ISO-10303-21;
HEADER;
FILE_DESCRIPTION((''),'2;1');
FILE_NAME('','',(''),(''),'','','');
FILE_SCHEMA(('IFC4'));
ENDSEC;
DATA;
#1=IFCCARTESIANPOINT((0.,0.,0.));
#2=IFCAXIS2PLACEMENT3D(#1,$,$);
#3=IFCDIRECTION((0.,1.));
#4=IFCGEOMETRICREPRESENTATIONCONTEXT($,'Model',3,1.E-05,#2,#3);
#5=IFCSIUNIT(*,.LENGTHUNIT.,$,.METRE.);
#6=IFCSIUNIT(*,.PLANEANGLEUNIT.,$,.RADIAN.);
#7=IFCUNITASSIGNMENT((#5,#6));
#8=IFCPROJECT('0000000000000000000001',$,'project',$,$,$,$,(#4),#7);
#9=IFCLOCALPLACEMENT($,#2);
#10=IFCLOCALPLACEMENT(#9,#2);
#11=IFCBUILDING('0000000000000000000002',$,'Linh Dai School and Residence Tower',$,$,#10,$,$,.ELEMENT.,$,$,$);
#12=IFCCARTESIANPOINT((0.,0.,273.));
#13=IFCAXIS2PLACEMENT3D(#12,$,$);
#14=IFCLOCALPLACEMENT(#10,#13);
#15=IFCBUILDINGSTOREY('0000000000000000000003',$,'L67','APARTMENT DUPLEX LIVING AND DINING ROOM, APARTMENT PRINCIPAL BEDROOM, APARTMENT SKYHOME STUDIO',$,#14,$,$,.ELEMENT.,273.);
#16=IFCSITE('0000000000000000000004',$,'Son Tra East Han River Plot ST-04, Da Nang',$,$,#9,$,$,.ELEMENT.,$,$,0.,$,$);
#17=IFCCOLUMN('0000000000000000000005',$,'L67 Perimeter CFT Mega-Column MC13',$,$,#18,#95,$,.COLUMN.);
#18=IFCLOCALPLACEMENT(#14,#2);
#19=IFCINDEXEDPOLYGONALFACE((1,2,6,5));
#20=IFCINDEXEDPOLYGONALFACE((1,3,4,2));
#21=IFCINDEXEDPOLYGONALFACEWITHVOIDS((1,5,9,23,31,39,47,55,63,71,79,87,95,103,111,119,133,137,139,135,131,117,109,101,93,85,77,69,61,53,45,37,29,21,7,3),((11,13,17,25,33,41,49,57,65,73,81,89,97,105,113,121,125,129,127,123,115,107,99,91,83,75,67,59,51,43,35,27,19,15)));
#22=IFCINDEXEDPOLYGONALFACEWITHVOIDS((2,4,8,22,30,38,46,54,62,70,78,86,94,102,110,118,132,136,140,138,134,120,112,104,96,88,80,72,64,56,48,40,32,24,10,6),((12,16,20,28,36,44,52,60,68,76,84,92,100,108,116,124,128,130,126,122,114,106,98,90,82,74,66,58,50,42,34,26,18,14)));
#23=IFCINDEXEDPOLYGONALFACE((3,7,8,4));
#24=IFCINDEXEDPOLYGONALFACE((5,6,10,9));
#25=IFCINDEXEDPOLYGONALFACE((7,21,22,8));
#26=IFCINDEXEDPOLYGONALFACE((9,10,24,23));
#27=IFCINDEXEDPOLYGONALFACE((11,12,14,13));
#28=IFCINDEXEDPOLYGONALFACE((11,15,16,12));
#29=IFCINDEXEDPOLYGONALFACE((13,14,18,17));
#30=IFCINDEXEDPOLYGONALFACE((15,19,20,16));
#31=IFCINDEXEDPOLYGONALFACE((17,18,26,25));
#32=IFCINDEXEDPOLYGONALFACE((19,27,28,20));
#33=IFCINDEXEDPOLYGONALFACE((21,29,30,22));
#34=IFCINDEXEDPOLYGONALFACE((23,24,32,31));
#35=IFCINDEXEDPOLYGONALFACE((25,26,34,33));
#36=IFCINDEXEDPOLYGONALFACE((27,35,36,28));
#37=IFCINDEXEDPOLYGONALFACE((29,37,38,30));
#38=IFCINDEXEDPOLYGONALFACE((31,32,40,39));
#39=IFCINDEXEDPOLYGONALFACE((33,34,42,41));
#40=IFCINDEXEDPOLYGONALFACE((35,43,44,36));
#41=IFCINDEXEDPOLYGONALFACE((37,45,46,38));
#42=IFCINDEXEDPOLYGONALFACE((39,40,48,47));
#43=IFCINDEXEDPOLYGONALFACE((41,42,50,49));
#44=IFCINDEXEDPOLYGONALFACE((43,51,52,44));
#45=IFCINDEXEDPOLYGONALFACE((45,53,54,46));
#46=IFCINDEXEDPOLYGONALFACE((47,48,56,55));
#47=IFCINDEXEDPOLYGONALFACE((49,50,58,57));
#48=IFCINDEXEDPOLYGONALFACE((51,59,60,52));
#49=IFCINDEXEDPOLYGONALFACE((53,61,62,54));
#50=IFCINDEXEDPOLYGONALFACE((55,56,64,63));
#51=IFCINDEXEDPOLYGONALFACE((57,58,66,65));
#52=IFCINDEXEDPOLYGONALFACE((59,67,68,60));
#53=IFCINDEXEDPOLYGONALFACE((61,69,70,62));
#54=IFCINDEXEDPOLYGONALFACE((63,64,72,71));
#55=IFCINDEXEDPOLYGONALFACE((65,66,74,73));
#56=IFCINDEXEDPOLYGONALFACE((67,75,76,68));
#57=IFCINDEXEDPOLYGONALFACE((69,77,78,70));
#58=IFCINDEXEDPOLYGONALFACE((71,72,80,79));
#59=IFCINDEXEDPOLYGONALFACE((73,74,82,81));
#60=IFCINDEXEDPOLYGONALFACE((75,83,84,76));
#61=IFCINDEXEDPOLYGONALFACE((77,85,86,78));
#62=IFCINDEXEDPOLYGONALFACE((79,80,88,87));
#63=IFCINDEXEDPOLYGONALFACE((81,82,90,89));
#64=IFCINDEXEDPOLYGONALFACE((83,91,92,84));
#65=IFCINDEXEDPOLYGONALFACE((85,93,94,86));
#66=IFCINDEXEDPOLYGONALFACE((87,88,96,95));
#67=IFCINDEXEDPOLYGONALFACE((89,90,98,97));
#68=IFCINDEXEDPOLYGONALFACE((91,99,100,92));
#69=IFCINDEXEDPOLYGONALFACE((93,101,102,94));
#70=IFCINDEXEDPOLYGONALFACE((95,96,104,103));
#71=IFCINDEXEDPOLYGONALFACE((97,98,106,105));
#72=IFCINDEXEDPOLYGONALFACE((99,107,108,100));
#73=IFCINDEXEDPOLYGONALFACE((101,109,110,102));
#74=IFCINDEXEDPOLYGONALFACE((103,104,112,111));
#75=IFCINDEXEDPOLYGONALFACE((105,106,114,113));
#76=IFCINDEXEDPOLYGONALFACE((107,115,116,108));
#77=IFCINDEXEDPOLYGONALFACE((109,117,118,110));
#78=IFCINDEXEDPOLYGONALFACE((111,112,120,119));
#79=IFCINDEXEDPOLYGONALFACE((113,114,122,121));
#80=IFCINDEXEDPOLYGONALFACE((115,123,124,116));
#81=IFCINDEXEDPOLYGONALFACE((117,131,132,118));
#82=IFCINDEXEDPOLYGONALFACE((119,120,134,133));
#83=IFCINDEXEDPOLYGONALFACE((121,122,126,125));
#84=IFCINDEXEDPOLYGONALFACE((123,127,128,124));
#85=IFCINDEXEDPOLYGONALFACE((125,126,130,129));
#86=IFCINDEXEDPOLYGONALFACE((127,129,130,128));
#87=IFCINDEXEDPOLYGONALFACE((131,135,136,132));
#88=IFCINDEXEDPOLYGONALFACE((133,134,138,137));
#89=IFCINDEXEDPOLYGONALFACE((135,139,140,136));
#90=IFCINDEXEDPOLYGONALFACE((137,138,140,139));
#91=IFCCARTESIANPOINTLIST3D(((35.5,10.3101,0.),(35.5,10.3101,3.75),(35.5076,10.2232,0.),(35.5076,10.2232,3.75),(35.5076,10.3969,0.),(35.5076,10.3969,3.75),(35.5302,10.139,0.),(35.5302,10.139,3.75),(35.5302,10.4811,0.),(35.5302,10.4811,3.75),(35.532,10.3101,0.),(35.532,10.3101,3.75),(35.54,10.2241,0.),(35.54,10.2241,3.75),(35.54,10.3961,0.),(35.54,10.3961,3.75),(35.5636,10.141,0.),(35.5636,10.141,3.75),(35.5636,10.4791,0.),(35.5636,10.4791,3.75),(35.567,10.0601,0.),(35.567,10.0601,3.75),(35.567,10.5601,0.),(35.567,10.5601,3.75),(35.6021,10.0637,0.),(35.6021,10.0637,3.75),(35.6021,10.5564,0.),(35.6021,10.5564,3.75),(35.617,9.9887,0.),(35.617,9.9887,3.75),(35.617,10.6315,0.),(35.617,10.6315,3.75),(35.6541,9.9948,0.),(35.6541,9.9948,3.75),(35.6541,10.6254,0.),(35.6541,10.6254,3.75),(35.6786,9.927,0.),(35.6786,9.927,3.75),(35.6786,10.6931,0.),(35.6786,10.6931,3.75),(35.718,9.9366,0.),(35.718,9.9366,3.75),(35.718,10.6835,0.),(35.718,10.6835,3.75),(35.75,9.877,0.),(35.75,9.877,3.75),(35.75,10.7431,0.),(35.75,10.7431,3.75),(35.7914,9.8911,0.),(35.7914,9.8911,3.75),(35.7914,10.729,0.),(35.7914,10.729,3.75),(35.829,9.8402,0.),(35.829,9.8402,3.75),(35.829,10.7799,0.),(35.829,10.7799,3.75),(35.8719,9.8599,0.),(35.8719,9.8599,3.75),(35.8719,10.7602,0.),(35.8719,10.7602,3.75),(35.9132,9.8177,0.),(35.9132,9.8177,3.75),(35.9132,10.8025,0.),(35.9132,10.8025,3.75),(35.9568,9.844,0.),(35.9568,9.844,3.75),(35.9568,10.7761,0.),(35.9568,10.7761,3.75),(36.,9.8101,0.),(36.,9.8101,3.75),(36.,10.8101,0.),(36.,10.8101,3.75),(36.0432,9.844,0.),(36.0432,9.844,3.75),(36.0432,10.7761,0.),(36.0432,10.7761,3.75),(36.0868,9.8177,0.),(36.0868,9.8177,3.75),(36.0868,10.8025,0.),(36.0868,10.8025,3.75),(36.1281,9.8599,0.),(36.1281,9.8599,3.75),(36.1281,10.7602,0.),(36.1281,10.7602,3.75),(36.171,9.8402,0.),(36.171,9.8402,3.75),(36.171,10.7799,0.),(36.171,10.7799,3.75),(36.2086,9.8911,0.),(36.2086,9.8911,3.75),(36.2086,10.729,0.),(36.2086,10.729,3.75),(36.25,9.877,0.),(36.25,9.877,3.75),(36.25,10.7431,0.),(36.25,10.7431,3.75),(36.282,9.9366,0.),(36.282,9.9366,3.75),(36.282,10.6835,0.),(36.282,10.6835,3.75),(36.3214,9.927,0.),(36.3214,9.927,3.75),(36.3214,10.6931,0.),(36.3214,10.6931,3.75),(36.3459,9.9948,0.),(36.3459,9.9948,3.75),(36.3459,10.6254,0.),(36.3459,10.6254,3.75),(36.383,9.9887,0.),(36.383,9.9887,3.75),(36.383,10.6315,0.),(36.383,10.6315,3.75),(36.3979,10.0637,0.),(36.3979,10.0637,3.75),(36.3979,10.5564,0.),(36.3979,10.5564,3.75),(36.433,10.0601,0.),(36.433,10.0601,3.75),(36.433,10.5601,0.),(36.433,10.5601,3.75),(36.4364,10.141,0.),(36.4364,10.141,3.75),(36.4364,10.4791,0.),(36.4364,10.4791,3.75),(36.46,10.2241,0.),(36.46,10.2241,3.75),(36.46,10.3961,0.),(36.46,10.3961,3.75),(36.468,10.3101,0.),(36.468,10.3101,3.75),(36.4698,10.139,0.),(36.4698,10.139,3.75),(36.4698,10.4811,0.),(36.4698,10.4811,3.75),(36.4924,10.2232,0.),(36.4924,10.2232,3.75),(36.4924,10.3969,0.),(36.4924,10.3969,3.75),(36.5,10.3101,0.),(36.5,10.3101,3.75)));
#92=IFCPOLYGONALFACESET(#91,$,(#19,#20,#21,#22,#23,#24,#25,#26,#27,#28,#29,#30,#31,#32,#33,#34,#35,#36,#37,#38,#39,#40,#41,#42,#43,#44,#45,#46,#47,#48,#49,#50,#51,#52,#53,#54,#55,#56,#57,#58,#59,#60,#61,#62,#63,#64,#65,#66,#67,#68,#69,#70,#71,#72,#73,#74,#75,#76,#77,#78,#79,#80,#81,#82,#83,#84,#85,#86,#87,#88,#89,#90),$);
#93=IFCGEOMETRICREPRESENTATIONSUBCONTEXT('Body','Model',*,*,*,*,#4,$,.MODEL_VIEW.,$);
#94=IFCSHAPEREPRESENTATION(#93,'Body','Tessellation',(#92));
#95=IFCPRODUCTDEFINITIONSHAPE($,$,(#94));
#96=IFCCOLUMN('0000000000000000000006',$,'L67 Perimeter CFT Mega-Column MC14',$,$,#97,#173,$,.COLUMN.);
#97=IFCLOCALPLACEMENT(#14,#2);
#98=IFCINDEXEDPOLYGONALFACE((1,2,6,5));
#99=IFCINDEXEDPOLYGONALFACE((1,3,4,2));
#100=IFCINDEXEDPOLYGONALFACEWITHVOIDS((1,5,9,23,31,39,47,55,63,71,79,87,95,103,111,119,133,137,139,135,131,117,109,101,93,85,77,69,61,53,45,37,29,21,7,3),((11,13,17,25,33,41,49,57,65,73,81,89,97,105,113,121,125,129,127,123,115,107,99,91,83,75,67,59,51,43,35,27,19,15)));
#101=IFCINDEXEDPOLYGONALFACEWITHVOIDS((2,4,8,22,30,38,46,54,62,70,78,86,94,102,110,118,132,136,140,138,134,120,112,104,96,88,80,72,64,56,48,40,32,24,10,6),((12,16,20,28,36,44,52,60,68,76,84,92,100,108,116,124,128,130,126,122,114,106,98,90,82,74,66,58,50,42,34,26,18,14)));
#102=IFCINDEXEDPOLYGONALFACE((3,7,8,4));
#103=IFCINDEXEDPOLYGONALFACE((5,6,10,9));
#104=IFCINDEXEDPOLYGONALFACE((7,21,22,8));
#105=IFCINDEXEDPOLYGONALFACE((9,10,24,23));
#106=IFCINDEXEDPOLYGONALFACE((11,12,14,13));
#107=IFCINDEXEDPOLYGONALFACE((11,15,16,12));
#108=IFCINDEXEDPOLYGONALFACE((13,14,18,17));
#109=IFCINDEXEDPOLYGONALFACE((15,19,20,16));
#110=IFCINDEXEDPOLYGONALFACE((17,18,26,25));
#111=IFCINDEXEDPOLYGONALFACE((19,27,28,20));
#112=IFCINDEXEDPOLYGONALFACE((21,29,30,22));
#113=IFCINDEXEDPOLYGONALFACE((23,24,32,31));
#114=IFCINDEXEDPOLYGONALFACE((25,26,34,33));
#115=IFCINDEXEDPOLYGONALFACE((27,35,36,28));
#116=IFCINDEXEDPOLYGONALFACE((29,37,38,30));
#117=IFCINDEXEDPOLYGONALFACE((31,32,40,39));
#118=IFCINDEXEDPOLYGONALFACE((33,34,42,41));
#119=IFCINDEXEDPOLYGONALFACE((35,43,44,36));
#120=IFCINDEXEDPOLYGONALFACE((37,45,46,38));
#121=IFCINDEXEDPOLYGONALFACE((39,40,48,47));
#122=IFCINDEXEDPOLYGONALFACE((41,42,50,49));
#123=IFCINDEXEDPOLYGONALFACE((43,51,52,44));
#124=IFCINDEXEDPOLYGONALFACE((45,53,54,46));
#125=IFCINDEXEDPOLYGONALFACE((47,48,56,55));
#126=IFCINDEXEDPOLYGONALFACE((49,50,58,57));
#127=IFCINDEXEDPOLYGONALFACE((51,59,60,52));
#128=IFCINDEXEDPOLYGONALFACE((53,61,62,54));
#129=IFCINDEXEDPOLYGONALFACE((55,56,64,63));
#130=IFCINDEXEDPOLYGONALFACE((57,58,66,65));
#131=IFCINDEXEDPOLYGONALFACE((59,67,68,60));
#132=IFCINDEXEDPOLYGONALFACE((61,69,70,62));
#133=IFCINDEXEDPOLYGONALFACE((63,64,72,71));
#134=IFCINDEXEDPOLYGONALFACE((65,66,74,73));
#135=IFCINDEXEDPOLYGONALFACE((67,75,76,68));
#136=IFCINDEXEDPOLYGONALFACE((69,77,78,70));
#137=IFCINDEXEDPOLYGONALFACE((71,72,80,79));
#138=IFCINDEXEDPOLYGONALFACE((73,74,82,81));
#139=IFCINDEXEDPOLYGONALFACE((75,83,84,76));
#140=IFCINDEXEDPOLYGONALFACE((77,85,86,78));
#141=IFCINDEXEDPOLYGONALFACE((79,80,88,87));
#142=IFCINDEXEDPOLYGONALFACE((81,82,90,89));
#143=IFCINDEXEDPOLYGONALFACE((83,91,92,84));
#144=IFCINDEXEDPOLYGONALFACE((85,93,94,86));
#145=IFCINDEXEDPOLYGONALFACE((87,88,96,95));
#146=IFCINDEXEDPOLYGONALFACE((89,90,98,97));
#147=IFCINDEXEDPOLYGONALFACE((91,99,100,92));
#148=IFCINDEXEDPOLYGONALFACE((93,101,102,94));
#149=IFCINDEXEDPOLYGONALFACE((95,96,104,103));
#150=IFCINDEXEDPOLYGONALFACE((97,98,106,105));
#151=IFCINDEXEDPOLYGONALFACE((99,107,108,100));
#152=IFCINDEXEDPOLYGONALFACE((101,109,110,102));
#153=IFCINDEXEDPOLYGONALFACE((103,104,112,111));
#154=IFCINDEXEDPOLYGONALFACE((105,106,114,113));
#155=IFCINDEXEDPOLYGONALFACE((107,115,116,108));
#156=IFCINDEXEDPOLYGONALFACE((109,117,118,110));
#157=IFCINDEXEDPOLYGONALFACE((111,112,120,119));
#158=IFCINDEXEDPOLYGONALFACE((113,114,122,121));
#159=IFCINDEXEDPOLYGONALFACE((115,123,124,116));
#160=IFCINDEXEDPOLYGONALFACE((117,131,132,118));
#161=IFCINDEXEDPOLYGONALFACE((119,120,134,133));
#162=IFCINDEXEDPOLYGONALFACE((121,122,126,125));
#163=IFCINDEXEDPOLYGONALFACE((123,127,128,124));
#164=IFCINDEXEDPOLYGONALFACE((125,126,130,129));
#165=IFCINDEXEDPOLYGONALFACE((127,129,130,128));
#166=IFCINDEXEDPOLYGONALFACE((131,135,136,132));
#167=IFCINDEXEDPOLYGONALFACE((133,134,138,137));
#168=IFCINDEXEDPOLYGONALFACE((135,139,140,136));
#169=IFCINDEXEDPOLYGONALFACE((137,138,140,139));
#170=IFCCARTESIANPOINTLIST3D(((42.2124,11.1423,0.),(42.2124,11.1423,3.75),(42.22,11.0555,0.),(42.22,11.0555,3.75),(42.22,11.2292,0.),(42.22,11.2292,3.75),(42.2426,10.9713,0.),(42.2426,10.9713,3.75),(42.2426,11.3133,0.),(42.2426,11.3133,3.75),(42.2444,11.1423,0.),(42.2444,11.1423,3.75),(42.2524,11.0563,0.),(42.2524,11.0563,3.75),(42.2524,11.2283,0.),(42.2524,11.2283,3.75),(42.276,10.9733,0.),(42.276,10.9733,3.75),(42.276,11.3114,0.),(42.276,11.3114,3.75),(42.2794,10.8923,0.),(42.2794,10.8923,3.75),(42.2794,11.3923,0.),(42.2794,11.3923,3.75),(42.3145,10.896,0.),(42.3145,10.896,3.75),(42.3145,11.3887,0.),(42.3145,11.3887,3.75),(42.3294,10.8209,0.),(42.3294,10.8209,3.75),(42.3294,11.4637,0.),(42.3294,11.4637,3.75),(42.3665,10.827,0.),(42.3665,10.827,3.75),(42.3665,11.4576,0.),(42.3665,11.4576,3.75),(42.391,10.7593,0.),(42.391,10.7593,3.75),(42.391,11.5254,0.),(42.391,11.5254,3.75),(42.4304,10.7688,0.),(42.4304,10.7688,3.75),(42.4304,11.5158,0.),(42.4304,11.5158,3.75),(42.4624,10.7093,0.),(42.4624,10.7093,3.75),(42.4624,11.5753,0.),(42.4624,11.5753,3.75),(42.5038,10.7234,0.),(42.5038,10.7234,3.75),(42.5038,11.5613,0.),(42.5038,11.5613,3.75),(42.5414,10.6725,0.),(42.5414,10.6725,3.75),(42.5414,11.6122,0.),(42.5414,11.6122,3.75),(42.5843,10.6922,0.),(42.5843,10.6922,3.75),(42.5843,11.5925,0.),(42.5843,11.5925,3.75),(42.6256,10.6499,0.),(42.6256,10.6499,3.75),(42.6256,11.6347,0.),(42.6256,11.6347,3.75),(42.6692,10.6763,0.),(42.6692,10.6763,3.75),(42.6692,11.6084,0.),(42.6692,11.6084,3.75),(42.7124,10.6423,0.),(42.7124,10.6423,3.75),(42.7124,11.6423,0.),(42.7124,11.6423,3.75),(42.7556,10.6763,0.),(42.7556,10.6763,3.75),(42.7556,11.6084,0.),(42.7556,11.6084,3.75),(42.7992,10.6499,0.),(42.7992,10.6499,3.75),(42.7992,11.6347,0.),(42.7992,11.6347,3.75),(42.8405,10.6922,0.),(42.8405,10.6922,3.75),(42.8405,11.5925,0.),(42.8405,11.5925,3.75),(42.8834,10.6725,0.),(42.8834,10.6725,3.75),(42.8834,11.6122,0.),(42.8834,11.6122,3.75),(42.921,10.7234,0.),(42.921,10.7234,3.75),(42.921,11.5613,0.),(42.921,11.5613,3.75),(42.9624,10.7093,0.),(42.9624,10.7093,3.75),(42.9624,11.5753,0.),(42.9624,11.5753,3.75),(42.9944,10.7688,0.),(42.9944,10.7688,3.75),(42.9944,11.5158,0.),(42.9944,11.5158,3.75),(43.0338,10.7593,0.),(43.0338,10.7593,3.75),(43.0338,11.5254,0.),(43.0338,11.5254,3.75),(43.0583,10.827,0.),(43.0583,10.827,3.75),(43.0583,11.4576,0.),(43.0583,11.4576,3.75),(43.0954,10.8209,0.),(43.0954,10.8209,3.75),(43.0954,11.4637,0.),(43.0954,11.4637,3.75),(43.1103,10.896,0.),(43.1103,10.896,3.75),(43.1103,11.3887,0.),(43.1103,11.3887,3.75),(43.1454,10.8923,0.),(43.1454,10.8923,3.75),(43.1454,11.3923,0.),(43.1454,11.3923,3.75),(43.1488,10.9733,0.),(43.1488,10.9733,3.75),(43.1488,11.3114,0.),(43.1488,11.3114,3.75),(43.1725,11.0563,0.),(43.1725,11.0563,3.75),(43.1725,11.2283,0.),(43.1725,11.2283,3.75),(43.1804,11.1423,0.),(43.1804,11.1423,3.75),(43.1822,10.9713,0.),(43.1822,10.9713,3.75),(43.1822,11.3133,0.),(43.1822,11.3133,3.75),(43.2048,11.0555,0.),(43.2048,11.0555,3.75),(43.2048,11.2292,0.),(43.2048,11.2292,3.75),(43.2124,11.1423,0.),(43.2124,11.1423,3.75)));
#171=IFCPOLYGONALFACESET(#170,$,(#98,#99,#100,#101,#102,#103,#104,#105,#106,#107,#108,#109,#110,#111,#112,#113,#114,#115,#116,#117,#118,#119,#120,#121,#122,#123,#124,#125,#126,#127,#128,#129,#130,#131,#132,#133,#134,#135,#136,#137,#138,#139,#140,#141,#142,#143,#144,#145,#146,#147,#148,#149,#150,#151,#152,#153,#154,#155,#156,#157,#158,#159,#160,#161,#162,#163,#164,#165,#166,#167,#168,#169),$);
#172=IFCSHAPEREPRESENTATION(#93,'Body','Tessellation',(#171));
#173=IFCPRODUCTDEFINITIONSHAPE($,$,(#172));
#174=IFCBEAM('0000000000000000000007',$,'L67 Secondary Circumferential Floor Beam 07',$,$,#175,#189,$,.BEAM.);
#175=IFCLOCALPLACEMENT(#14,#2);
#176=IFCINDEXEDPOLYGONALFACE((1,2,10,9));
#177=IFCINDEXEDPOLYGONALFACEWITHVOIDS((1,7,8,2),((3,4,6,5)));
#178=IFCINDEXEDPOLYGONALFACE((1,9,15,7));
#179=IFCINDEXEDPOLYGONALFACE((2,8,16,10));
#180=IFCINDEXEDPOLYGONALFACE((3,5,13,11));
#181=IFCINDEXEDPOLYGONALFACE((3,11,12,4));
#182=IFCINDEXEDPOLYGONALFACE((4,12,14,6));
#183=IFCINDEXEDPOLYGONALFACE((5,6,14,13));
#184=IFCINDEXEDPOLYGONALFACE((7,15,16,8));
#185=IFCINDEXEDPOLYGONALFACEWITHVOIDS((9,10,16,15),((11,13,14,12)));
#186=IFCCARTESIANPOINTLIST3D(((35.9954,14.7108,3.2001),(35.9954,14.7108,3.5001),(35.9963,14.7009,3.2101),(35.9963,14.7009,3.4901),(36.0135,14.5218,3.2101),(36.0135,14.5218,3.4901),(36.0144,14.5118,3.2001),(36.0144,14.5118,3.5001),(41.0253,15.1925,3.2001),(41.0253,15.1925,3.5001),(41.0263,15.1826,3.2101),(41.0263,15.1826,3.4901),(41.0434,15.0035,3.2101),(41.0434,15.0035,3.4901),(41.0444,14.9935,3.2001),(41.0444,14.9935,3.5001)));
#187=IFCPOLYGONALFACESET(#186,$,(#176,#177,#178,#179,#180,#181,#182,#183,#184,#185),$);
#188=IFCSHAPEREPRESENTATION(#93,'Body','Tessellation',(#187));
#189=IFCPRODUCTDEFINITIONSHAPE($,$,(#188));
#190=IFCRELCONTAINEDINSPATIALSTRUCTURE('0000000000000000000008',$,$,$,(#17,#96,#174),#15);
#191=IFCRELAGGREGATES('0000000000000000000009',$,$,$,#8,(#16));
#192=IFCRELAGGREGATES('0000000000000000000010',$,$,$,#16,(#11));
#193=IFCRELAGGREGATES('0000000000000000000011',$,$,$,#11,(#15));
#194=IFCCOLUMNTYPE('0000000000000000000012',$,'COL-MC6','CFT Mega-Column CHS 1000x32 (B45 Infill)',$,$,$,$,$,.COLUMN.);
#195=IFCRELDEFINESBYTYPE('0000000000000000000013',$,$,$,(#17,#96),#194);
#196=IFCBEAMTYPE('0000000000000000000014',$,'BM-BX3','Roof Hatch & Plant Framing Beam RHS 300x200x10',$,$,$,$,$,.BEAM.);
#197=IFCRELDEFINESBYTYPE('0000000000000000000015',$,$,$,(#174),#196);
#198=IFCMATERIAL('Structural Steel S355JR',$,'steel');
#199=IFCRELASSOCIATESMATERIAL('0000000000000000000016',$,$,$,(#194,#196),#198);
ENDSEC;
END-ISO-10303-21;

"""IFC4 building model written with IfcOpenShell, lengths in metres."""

from ifc_helpers import new_model, si_unit, direction, frame, origin, origin_2d, place, context, subcontext, project, spatial, hollow_rectangle, hollow_circle, extrude, material, material_profile, profile_set, type_object, element, save


model = new_model("IFC4")

# Units and contexts
model_context = context("Model", 3, precision=1e-05, world=origin(), true_north=direction((0.0, 1.0)))
body_context = subcontext(model_context, "Body", "Model", "MODEL_VIEW")
ifc_project = project(units=[si_unit("LENGTHUNIT", "METRE"), si_unit("PLANEANGLEUNIT", "RADIAN")], contexts=[model_context])

# Site, building, storey
site_placement = place(None, origin())
site = spatial("IfcSite", under=ifc_project, at=site_placement, Name="Son Tra East Han River Plot ST-04, Da Nang", CompositionType="ELEMENT", RefElevation=0.0)
building_placement = place(site_placement, origin())
building = spatial("IfcBuilding", under=site, at=building_placement, Name="Linh Dai School and Residence Tower", CompositionType="ELEMENT")
storey_placement = place(building_placement, frame((0.0, 0.0, 273.0)))
storey = spatial("IfcBuildingStorey", under=building, at=storey_placement, Name="L67", Description="APARTMENT DUPLEX LIVING AND DINING ROOM, APARTMENT PRINCIPAL BEDROOM, APARTMENT SKYHOME STUDIO", CompositionType="ELEMENT", Elevation=273.0)

# Columns
ifc_material_1 = material(Name="Structural Steel S355JR", Category="steel")
ifc_material_profile_1 = material_profile(ifc_material_1, hollow_circle(Radius=0.5, WallThickness=0.032, at=origin_2d()), Name="CHS 1000x32")
ifc_profile_set_1 = profile_set([ifc_material_profile_1], Name="Structural Steel S355JR")
column_type = type_object("IfcColumnType", Name="COL-MC6", Description="CFT Mega-Column CHS 1000x32 (B45 Infill)", PredefinedType="COLUMN", material=ifc_profile_set_1)
for number, where, z_axis, x_axis, name in (
    (1, (36.0, 10.3101, 0.0), (0.0, 0.0, 1.0), (1.0, 0.0, 0.0), "L67 Perimeter CFT Mega-Column MC13"),
    (2, (42.7124, 11.1423, 0.0), (0.0, 0.0, 1.0), (1.0, 0.0, 0.0), "L67 Perimeter CFT Mega-Column MC14"),
):
    element("IfcColumn", number, at=place(storey_placement, frame(where, z_axis=z_axis, x_axis=x_axis)), inside=storey, type_object=column_type, Name=name, PredefinedType="COLUMN", context=body_context, shape_type="SweptSolid", body=[
        extrude(hollow_circle(Radius=0.5, WallThickness=0.032, at=origin_2d()), origin(), (0.0, 0.0, 1.0), 3.75),
    ])

# Beam
ifc_material_profile_2 = material_profile(ifc_material_1, hollow_rectangle(XDim=0.2, YDim=0.3, WallThickness=0.01, at=origin_2d()), Name="RHS 300x200x10")
ifc_profile_set_2 = profile_set([ifc_material_profile_2], Name="Structural Steel S355JR")
beam_type_1 = type_object("IfcBeamType", Name="BM-BX3", Description="Roof Hatch & Plant Framing Beam RHS 300x200x10", PredefinedType="BEAM", material=ifc_profile_set_2)
beam_1_placement = place(storey_placement, frame((36.0049, 14.6113, 3.3501), z_axis=(0.995446, 0.095327, 0.0), x_axis=(-0.095327, 0.995446, 0.0)))
element("IfcBeam", 3, at=beam_1_placement, inside=storey, type_object=beam_type_1, Name="L67 Secondary Circumferential Floor Beam 07", PredefinedType="BEAM", context=body_context, shape_type="SweptSolid", body=[
    extrude(hollow_rectangle(XDim=0.2, YDim=0.3, WallThickness=0.01, at=origin_2d()), origin(), (0.0, 0.0, 1.0), 5.053),
])

save(model, "model.ifc")
